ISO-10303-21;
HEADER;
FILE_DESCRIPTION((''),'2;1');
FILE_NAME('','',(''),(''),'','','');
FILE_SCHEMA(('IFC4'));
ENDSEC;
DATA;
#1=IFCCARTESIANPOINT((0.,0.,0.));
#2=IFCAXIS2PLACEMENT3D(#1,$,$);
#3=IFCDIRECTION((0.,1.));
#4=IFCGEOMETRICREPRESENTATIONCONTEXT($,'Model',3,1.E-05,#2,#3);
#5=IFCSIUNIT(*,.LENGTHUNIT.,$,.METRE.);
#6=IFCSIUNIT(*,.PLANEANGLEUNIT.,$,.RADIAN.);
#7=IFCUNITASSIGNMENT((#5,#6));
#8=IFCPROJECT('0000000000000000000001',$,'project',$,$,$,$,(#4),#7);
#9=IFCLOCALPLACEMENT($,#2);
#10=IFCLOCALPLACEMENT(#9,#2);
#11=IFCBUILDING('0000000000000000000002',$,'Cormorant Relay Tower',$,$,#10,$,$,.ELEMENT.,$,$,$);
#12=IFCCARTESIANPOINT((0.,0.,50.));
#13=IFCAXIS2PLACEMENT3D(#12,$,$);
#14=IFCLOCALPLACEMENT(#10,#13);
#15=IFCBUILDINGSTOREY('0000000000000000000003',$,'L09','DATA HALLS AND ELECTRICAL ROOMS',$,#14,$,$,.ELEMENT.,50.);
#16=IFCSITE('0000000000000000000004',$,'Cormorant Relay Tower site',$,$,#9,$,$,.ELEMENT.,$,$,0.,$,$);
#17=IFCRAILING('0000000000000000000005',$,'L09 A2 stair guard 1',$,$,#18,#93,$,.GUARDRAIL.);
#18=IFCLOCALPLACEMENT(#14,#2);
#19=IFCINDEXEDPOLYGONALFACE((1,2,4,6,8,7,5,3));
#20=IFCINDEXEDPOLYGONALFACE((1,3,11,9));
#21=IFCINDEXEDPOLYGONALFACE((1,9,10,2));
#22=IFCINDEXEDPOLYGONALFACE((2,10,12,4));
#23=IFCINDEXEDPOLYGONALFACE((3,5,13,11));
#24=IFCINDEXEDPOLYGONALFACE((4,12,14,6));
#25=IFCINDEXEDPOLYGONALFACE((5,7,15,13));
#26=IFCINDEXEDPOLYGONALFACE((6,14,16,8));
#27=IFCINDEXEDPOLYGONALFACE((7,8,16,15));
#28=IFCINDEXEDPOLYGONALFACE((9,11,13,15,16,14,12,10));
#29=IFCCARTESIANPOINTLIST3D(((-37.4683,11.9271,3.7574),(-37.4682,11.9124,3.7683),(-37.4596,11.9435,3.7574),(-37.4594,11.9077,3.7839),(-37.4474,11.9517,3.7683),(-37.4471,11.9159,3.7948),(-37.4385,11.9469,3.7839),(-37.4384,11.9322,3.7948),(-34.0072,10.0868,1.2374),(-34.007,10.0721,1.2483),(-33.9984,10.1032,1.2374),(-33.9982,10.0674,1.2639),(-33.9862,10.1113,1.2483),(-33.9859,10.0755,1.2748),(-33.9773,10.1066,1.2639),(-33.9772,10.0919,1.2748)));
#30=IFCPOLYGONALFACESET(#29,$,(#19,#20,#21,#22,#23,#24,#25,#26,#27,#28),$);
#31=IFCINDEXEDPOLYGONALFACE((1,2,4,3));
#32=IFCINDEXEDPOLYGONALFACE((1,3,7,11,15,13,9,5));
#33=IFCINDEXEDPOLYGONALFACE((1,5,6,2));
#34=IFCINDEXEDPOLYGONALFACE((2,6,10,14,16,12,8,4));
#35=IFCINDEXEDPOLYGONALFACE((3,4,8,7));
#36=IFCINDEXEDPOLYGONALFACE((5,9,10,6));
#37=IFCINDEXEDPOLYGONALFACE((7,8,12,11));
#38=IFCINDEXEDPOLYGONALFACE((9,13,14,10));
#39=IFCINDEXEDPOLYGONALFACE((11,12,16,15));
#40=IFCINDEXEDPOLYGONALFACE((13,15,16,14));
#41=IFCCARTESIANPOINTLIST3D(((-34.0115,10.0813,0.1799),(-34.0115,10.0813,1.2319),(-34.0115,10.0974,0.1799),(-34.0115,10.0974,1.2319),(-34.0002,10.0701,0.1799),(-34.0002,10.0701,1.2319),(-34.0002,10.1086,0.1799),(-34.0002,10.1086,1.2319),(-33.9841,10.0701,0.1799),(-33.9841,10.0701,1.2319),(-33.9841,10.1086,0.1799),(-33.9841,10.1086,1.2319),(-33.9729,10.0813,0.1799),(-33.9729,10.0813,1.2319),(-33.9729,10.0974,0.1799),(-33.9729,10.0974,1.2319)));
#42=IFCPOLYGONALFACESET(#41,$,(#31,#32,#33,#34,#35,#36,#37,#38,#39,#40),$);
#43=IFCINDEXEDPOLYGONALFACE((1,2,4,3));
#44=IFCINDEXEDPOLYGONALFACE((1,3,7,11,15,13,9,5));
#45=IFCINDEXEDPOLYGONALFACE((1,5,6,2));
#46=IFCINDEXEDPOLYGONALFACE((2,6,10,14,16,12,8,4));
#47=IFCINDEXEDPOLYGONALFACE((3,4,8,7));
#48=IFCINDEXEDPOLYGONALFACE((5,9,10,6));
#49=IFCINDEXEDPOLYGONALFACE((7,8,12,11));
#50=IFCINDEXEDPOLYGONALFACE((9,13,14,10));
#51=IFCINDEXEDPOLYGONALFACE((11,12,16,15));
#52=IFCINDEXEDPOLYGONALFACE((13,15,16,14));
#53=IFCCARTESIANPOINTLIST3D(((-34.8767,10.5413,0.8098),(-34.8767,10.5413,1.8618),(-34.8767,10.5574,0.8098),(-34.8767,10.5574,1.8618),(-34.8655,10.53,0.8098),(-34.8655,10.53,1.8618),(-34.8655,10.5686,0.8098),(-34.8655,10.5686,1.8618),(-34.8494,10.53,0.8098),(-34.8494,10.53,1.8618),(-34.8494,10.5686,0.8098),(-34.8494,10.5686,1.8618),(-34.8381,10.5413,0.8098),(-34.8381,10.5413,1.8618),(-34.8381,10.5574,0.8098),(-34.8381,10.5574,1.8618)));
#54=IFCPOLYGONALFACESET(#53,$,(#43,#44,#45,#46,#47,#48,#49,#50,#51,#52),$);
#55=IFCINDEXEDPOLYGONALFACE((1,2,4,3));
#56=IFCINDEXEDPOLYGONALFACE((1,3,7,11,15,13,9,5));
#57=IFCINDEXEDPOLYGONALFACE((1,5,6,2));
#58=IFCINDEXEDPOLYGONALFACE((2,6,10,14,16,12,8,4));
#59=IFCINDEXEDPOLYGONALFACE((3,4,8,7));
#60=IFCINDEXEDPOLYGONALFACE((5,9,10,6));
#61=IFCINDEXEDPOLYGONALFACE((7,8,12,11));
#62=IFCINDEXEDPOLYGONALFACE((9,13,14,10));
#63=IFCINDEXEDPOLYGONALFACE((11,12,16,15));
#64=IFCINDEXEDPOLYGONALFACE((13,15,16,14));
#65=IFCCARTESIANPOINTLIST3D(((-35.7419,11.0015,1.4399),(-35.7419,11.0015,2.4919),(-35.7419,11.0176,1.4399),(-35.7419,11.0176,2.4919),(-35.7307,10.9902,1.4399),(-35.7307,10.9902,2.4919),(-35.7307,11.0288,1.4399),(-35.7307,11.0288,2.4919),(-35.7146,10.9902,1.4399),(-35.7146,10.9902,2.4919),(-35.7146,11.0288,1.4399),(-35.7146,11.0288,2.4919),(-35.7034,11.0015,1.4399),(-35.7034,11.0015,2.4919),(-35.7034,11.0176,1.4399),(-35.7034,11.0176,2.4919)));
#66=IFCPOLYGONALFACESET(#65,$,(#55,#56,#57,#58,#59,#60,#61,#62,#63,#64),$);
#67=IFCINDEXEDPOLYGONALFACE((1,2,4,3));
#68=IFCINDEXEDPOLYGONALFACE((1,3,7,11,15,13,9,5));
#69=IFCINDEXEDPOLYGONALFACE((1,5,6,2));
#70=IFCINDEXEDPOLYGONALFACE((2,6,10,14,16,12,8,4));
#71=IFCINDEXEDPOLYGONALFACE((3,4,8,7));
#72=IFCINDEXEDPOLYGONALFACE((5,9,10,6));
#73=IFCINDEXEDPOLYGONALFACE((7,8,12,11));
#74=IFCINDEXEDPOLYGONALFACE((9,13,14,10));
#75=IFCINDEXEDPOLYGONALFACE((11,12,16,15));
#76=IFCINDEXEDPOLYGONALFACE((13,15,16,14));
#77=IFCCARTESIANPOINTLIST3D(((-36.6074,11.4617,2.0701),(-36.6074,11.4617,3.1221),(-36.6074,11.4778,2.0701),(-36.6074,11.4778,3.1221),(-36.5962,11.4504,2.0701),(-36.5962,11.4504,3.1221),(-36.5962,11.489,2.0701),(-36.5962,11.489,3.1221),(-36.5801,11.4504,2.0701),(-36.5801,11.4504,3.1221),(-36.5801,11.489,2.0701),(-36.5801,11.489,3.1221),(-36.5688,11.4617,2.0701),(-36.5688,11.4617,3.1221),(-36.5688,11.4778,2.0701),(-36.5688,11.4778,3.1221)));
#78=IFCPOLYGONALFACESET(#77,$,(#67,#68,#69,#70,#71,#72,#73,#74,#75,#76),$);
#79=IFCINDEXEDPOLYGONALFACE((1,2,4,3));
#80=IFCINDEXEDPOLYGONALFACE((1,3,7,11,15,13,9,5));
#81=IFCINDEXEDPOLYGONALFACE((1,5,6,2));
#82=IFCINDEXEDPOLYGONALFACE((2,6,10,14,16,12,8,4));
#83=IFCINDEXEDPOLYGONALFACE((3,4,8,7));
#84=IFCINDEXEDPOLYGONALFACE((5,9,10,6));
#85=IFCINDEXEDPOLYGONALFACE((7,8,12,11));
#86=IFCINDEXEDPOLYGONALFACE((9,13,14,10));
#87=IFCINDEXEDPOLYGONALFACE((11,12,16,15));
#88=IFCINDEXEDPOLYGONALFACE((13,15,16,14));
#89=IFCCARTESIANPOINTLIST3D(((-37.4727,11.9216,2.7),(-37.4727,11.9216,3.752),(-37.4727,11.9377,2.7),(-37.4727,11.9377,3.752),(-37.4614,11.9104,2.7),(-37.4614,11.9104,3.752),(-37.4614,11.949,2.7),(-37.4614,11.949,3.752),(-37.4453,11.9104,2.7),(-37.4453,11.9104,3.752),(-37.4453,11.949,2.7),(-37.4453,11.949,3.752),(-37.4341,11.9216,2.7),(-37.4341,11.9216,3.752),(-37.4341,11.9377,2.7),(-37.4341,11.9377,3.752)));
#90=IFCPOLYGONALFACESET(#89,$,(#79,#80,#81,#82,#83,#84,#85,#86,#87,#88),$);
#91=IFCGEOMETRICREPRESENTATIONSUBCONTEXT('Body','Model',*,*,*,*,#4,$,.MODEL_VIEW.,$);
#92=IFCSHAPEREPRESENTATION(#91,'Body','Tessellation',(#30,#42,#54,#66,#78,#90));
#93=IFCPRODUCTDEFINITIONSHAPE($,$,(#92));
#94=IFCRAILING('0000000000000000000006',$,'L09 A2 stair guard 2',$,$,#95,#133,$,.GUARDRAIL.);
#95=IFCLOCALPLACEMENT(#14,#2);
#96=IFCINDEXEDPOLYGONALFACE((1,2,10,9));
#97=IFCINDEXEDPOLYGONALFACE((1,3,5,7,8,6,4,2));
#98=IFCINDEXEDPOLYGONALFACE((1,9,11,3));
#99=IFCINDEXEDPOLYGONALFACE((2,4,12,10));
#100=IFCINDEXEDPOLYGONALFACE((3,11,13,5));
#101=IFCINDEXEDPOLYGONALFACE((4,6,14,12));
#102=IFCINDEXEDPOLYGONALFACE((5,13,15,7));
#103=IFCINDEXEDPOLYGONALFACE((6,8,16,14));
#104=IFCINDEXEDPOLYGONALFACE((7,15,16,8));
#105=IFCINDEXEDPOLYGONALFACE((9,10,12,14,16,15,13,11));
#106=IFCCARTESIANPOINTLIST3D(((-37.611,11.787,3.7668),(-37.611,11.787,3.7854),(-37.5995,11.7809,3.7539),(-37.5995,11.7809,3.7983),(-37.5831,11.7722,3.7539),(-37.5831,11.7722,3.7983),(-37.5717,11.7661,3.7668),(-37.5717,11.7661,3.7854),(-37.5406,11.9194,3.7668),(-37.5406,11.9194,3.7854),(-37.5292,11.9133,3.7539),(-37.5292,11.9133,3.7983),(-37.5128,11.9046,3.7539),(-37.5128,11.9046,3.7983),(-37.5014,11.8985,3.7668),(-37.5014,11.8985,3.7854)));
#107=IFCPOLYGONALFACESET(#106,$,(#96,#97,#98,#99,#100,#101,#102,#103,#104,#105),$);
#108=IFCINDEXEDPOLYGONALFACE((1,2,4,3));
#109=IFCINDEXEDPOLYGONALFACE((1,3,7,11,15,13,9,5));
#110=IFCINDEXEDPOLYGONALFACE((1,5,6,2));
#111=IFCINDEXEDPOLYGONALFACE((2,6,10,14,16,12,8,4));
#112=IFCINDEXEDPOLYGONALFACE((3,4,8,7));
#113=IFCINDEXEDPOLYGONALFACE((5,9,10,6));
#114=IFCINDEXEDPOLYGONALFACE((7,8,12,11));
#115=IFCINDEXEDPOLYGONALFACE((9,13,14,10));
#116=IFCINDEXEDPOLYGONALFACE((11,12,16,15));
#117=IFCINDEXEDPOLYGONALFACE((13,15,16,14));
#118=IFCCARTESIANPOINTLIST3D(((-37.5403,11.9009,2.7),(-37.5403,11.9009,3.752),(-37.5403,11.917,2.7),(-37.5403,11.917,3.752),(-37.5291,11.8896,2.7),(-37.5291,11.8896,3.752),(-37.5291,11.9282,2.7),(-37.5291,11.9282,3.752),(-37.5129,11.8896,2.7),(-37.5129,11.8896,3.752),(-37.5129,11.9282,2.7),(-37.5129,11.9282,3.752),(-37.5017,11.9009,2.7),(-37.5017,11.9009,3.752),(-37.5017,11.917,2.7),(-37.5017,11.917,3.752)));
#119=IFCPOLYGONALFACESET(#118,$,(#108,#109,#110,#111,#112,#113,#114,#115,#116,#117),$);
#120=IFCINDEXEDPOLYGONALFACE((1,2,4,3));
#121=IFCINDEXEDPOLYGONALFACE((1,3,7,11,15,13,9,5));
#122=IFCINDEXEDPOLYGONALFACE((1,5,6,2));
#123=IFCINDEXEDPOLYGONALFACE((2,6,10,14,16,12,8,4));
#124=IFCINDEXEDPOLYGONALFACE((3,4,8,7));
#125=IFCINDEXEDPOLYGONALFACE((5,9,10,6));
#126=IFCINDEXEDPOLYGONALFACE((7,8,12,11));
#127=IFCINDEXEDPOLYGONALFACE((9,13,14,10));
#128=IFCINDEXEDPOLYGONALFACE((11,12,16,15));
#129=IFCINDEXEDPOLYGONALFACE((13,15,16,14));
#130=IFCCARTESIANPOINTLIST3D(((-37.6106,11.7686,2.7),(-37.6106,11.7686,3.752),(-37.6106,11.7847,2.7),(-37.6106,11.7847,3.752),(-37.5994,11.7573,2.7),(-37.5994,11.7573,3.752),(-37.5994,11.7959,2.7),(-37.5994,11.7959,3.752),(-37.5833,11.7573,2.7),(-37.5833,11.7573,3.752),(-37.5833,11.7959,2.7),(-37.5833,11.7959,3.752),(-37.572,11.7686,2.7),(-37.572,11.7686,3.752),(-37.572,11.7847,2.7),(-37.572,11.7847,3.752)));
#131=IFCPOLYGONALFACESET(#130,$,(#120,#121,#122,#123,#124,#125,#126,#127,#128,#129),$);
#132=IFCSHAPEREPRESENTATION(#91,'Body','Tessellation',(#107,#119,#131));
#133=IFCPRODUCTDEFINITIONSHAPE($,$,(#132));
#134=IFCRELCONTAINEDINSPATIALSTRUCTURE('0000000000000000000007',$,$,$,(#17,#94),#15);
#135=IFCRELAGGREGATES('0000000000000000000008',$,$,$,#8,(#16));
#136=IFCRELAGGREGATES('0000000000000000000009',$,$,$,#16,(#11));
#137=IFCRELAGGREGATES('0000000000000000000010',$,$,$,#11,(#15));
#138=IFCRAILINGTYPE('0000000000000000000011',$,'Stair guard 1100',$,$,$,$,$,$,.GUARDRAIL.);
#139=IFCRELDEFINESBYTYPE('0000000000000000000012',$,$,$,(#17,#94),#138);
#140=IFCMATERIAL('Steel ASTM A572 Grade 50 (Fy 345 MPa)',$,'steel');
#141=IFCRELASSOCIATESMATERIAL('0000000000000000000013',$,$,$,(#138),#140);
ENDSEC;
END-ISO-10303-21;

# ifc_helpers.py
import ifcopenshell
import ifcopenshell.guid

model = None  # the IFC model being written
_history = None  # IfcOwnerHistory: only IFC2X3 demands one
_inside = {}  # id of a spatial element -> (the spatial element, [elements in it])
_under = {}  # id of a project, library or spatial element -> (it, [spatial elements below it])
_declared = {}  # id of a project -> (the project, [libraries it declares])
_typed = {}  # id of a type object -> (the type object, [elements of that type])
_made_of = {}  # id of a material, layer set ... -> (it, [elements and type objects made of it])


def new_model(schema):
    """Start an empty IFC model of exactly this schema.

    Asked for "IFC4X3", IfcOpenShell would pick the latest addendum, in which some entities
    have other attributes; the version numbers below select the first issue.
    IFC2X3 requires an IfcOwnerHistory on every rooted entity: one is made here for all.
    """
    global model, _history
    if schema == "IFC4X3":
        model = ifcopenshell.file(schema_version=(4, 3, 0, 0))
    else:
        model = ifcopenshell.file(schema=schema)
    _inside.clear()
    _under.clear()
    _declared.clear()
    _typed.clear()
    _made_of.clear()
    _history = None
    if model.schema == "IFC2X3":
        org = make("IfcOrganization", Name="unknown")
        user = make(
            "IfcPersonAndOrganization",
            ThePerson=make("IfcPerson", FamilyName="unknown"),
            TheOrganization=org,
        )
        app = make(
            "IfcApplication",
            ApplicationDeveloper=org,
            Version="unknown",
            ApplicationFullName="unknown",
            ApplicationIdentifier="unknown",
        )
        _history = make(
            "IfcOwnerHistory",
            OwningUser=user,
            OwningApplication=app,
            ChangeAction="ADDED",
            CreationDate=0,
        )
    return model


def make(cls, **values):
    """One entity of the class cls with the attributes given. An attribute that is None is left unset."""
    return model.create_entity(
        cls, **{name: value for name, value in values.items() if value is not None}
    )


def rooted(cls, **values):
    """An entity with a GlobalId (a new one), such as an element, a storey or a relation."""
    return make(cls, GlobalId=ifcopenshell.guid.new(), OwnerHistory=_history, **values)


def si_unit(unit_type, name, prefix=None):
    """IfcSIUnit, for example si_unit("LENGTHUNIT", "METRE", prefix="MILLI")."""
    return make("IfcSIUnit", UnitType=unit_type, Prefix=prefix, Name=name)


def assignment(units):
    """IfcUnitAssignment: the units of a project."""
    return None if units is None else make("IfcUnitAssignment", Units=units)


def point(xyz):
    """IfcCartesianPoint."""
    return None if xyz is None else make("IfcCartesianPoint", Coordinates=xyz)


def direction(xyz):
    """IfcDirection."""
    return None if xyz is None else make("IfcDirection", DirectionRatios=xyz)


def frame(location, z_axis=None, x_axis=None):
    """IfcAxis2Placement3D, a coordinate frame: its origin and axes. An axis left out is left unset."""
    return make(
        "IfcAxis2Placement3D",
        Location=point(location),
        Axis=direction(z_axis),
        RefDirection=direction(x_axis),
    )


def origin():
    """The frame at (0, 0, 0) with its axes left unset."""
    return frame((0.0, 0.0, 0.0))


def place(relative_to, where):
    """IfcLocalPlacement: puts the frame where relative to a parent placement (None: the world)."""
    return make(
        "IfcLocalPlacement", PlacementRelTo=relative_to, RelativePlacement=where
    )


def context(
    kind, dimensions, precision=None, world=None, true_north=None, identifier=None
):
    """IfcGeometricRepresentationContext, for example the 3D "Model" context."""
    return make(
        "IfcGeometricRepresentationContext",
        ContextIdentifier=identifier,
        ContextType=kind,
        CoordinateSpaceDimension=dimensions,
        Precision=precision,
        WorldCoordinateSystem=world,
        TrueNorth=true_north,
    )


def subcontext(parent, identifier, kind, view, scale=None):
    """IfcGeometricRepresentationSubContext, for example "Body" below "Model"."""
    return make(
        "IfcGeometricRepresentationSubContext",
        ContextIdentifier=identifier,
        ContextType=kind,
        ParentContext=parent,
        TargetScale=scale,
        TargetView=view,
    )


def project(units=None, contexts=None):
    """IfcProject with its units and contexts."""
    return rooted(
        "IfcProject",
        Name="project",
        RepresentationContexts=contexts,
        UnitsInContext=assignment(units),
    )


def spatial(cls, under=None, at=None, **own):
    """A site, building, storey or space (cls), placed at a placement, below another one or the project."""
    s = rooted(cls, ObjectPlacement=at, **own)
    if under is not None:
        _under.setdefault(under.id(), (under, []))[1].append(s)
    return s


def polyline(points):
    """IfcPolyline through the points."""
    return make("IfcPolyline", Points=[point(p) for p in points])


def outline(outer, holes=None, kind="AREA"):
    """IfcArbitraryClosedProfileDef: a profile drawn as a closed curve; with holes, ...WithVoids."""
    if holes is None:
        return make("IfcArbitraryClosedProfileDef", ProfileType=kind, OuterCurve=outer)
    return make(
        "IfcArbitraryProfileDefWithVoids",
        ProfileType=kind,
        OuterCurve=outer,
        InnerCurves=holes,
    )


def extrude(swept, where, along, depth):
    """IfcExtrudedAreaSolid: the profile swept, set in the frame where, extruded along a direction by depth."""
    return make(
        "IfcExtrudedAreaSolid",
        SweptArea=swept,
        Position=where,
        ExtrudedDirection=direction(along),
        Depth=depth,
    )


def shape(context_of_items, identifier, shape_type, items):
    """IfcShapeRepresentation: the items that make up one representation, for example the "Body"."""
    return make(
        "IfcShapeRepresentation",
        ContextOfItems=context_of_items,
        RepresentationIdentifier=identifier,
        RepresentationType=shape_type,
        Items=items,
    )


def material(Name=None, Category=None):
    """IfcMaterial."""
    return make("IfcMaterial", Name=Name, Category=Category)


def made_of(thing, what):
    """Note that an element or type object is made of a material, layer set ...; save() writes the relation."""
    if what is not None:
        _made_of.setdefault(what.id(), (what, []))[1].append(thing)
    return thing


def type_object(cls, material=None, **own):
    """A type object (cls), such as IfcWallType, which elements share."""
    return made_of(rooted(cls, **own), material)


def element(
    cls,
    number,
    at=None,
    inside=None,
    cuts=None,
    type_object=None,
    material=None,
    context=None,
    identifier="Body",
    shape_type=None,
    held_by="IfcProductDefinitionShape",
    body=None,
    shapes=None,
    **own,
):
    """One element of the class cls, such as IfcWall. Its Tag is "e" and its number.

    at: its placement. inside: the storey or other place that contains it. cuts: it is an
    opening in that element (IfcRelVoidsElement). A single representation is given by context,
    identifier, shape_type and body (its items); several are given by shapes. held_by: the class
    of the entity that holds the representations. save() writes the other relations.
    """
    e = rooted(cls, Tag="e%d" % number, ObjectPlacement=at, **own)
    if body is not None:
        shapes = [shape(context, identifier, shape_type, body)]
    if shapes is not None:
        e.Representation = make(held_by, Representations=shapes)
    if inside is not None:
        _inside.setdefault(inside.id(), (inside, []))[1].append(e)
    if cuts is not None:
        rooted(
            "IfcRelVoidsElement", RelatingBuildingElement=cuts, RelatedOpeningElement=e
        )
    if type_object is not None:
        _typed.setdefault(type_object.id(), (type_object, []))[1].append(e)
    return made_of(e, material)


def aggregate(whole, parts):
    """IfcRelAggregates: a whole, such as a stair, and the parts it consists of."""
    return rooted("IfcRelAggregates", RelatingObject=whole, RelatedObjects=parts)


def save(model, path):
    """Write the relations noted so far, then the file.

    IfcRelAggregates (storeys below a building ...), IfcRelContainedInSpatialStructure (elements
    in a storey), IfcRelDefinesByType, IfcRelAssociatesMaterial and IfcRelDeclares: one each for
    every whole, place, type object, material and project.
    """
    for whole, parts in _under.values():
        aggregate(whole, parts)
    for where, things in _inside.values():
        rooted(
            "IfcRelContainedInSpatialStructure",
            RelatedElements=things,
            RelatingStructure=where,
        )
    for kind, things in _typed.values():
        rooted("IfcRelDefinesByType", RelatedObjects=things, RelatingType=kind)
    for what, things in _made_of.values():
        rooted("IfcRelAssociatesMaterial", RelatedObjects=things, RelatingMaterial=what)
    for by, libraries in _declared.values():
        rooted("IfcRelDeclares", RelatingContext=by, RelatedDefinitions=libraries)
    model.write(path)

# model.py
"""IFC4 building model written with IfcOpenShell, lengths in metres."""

from ifc_helpers import new_model, si_unit, direction, frame, origin, place, context, subcontext, project, spatial, polyline, outline, extrude, material, type_object, element, save


model = new_model("IFC4")

# Units and contexts
model_context = context("Model", 3, precision=1e-05, world=origin(), true_north=direction((0.0, 1.0)))
body_context = subcontext(model_context, "Body", "Model", "MODEL_VIEW")
ifc_project = project(units=[si_unit("LENGTHUNIT", "METRE"), si_unit("PLANEANGLEUNIT", "RADIAN")], contexts=[model_context])

# Site, building, storey
site_placement = place(None, origin())
site = spatial("IfcSite", under=ifc_project, at=site_placement, Name="Cormorant Relay Tower site", CompositionType="ELEMENT", RefElevation=0.0)
building_placement = place(site_placement, origin())
building = spatial("IfcBuilding", under=site, at=building_placement, Name="Cormorant Relay Tower", CompositionType="ELEMENT")
storey_placement = place(building_placement, frame((0.0, 0.0, 50.0)))
storey = spatial("IfcBuildingStorey", under=building, at=storey_placement, Name="L09", Description="DATA HALLS AND ELECTRICAL ROOMS", CompositionType="ELEMENT", Elevation=50.0)

# Railings
ifc_material_1 = material(Name="Steel ASTM A572 Grade 50 (Fy 345 MPa)", Category="steel")
railing_type_1 = type_object("IfcRailingType", Name="Stair guard 1100", PredefinedType="GUARDRAIL", material=ifc_material_1)
railing_1_placement = place(storey_placement, frame((-33.9922, 10.0894, 0.1799)))
element("IfcRailing", 1, at=railing_1_placement, inside=storey, type_object=railing_type_1, Name="L09 A2 stair guard 1", PredefinedType="GUARDRAIL", context=body_context, shape_type="SweptSolid", body=[
    extrude(outline(polyline([(0.0222, 0.0093), (0.0093, 0.0222), (-0.0093, 0.0222), (-0.0222, 0.0093), (-0.0222, -0.0093), (-0.0093, -0.0222), (0.0093, -0.0222), (0.0222, -0.0093), (0.0222, 0.0093)])), frame((0.0, 0.0, 1.0762), z_axis=(-0.742717, 0.394907, 0.540758), x_axis=(-0.469469, -0.882949, 0.0)), (0.0, 0.0, 1.0), 4.6602),
    extrude(outline(polyline([(0.0193, 0.0081), (0.0081, 0.0193), (-0.0081, 0.0193), (-0.0193, 0.0081), (-0.0193, -0.0081), (-0.0081, -0.0193), (0.0081, -0.0193), (0.0193, -0.0081), (0.0193, 0.0081)])), origin(), (0.0, 0.0, 1.0), 1.052),
    extrude(outline(polyline([(0.0193, 0.0081), (0.0081, 0.0193), (-0.0081, 0.0193), (-0.0193, 0.0081), (-0.0193, -0.0081), (-0.0081, -0.0193), (0.0081, -0.0193), (0.0193, -0.0081), (0.0193, 0.0081)])), frame((-0.8652, 0.46, 0.6299)), (0.0, 0.0, 1.0), 1.052),
    extrude(outline(polyline([(0.0193, 0.0081), (0.0081, 0.0193), (-0.0081, 0.0193), (-0.0193, 0.0081), (-0.0193, -0.0081), (-0.0081, -0.0193), (0.0081, -0.0193), (0.0193, -0.0081), (0.0193, 0.0081)])), frame((-1.7305, 0.9202, 1.26)), (0.0, 0.0, 1.0), 1.052),
    extrude(outline(polyline([(0.0193, 0.0081), (0.0081, 0.0193), (-0.0081, 0.0193), (-0.0193, 0.0081), (-0.0193, -0.0081), (-0.0081, -0.0193), (0.0081, -0.0193), (0.0193, -0.0081), (0.0193, 0.0081)])), frame((-2.5959, 1.3804, 1.8901)), (0.0, 0.0, 1.0), 1.052),
    extrude(outline(polyline([(0.0193, 0.0081), (0.0081, 0.0193), (-0.0081, 0.0193), (-0.0193, 0.0081), (-0.0193, -0.0081), (-0.0081, -0.0193), (0.0081, -0.0193), (0.0193, -0.0081), (0.0193, 0.0081)])), frame((-3.4612, 1.8403, 2.52)), (0.0, 0.0, 1.0), 1.052),
])
railing_2_placement = place(storey_placement, frame((-37.521, 11.9089, 2.7)))
element("IfcRailing", 2, at=railing_2_placement, inside=storey, type_object=railing_type_1, Name="L09 A2 stair guard 2", PredefinedType="GUARDRAIL", context=body_context, shape_type="SweptSolid", body=[
    extrude(outline(polyline([(0.0222, 0.0093), (0.0093, 0.0222), (-0.0093, 0.0222), (-0.0222, 0.0093), (-0.0222, -0.0093), (-0.0093, -0.0222), (0.0093, -0.0222), (0.0222, -0.0093), (0.0222, 0.0093)])), frame((0.0, 0.0, 1.0762), z_axis=(-0.469235, -0.883074, 0.0), x_axis=(0.883074, -0.469235, 0.0)), (0.0, 0.0, 1.0), 0.1499),
    extrude(outline(polyline([(0.0193, 0.0081), (0.0081, 0.0193), (-0.0081, 0.0193), (-0.0193, 0.0081), (-0.0193, -0.0081), (-0.0081, -0.0193), (0.0081, -0.0193), (0.0193, -0.0081), (0.0193, 0.0081)])), origin(), (0.0, 0.0, 1.0), 1.052),
    extrude(outline(polyline([(0.0193, 0.0081), (0.0081, 0.0193), (-0.0081, 0.0193), (-0.0193, 0.0081), (-0.0193, -0.0081), (-0.0081, -0.0193), (0.0081, -0.0193), (0.0193, -0.0081), (0.0193, 0.0081)])), frame((-0.0703, -0.1323, 0.0)), (0.0, 0.0, 1.0), 1.052),
])

save(model, "model.ifc")
